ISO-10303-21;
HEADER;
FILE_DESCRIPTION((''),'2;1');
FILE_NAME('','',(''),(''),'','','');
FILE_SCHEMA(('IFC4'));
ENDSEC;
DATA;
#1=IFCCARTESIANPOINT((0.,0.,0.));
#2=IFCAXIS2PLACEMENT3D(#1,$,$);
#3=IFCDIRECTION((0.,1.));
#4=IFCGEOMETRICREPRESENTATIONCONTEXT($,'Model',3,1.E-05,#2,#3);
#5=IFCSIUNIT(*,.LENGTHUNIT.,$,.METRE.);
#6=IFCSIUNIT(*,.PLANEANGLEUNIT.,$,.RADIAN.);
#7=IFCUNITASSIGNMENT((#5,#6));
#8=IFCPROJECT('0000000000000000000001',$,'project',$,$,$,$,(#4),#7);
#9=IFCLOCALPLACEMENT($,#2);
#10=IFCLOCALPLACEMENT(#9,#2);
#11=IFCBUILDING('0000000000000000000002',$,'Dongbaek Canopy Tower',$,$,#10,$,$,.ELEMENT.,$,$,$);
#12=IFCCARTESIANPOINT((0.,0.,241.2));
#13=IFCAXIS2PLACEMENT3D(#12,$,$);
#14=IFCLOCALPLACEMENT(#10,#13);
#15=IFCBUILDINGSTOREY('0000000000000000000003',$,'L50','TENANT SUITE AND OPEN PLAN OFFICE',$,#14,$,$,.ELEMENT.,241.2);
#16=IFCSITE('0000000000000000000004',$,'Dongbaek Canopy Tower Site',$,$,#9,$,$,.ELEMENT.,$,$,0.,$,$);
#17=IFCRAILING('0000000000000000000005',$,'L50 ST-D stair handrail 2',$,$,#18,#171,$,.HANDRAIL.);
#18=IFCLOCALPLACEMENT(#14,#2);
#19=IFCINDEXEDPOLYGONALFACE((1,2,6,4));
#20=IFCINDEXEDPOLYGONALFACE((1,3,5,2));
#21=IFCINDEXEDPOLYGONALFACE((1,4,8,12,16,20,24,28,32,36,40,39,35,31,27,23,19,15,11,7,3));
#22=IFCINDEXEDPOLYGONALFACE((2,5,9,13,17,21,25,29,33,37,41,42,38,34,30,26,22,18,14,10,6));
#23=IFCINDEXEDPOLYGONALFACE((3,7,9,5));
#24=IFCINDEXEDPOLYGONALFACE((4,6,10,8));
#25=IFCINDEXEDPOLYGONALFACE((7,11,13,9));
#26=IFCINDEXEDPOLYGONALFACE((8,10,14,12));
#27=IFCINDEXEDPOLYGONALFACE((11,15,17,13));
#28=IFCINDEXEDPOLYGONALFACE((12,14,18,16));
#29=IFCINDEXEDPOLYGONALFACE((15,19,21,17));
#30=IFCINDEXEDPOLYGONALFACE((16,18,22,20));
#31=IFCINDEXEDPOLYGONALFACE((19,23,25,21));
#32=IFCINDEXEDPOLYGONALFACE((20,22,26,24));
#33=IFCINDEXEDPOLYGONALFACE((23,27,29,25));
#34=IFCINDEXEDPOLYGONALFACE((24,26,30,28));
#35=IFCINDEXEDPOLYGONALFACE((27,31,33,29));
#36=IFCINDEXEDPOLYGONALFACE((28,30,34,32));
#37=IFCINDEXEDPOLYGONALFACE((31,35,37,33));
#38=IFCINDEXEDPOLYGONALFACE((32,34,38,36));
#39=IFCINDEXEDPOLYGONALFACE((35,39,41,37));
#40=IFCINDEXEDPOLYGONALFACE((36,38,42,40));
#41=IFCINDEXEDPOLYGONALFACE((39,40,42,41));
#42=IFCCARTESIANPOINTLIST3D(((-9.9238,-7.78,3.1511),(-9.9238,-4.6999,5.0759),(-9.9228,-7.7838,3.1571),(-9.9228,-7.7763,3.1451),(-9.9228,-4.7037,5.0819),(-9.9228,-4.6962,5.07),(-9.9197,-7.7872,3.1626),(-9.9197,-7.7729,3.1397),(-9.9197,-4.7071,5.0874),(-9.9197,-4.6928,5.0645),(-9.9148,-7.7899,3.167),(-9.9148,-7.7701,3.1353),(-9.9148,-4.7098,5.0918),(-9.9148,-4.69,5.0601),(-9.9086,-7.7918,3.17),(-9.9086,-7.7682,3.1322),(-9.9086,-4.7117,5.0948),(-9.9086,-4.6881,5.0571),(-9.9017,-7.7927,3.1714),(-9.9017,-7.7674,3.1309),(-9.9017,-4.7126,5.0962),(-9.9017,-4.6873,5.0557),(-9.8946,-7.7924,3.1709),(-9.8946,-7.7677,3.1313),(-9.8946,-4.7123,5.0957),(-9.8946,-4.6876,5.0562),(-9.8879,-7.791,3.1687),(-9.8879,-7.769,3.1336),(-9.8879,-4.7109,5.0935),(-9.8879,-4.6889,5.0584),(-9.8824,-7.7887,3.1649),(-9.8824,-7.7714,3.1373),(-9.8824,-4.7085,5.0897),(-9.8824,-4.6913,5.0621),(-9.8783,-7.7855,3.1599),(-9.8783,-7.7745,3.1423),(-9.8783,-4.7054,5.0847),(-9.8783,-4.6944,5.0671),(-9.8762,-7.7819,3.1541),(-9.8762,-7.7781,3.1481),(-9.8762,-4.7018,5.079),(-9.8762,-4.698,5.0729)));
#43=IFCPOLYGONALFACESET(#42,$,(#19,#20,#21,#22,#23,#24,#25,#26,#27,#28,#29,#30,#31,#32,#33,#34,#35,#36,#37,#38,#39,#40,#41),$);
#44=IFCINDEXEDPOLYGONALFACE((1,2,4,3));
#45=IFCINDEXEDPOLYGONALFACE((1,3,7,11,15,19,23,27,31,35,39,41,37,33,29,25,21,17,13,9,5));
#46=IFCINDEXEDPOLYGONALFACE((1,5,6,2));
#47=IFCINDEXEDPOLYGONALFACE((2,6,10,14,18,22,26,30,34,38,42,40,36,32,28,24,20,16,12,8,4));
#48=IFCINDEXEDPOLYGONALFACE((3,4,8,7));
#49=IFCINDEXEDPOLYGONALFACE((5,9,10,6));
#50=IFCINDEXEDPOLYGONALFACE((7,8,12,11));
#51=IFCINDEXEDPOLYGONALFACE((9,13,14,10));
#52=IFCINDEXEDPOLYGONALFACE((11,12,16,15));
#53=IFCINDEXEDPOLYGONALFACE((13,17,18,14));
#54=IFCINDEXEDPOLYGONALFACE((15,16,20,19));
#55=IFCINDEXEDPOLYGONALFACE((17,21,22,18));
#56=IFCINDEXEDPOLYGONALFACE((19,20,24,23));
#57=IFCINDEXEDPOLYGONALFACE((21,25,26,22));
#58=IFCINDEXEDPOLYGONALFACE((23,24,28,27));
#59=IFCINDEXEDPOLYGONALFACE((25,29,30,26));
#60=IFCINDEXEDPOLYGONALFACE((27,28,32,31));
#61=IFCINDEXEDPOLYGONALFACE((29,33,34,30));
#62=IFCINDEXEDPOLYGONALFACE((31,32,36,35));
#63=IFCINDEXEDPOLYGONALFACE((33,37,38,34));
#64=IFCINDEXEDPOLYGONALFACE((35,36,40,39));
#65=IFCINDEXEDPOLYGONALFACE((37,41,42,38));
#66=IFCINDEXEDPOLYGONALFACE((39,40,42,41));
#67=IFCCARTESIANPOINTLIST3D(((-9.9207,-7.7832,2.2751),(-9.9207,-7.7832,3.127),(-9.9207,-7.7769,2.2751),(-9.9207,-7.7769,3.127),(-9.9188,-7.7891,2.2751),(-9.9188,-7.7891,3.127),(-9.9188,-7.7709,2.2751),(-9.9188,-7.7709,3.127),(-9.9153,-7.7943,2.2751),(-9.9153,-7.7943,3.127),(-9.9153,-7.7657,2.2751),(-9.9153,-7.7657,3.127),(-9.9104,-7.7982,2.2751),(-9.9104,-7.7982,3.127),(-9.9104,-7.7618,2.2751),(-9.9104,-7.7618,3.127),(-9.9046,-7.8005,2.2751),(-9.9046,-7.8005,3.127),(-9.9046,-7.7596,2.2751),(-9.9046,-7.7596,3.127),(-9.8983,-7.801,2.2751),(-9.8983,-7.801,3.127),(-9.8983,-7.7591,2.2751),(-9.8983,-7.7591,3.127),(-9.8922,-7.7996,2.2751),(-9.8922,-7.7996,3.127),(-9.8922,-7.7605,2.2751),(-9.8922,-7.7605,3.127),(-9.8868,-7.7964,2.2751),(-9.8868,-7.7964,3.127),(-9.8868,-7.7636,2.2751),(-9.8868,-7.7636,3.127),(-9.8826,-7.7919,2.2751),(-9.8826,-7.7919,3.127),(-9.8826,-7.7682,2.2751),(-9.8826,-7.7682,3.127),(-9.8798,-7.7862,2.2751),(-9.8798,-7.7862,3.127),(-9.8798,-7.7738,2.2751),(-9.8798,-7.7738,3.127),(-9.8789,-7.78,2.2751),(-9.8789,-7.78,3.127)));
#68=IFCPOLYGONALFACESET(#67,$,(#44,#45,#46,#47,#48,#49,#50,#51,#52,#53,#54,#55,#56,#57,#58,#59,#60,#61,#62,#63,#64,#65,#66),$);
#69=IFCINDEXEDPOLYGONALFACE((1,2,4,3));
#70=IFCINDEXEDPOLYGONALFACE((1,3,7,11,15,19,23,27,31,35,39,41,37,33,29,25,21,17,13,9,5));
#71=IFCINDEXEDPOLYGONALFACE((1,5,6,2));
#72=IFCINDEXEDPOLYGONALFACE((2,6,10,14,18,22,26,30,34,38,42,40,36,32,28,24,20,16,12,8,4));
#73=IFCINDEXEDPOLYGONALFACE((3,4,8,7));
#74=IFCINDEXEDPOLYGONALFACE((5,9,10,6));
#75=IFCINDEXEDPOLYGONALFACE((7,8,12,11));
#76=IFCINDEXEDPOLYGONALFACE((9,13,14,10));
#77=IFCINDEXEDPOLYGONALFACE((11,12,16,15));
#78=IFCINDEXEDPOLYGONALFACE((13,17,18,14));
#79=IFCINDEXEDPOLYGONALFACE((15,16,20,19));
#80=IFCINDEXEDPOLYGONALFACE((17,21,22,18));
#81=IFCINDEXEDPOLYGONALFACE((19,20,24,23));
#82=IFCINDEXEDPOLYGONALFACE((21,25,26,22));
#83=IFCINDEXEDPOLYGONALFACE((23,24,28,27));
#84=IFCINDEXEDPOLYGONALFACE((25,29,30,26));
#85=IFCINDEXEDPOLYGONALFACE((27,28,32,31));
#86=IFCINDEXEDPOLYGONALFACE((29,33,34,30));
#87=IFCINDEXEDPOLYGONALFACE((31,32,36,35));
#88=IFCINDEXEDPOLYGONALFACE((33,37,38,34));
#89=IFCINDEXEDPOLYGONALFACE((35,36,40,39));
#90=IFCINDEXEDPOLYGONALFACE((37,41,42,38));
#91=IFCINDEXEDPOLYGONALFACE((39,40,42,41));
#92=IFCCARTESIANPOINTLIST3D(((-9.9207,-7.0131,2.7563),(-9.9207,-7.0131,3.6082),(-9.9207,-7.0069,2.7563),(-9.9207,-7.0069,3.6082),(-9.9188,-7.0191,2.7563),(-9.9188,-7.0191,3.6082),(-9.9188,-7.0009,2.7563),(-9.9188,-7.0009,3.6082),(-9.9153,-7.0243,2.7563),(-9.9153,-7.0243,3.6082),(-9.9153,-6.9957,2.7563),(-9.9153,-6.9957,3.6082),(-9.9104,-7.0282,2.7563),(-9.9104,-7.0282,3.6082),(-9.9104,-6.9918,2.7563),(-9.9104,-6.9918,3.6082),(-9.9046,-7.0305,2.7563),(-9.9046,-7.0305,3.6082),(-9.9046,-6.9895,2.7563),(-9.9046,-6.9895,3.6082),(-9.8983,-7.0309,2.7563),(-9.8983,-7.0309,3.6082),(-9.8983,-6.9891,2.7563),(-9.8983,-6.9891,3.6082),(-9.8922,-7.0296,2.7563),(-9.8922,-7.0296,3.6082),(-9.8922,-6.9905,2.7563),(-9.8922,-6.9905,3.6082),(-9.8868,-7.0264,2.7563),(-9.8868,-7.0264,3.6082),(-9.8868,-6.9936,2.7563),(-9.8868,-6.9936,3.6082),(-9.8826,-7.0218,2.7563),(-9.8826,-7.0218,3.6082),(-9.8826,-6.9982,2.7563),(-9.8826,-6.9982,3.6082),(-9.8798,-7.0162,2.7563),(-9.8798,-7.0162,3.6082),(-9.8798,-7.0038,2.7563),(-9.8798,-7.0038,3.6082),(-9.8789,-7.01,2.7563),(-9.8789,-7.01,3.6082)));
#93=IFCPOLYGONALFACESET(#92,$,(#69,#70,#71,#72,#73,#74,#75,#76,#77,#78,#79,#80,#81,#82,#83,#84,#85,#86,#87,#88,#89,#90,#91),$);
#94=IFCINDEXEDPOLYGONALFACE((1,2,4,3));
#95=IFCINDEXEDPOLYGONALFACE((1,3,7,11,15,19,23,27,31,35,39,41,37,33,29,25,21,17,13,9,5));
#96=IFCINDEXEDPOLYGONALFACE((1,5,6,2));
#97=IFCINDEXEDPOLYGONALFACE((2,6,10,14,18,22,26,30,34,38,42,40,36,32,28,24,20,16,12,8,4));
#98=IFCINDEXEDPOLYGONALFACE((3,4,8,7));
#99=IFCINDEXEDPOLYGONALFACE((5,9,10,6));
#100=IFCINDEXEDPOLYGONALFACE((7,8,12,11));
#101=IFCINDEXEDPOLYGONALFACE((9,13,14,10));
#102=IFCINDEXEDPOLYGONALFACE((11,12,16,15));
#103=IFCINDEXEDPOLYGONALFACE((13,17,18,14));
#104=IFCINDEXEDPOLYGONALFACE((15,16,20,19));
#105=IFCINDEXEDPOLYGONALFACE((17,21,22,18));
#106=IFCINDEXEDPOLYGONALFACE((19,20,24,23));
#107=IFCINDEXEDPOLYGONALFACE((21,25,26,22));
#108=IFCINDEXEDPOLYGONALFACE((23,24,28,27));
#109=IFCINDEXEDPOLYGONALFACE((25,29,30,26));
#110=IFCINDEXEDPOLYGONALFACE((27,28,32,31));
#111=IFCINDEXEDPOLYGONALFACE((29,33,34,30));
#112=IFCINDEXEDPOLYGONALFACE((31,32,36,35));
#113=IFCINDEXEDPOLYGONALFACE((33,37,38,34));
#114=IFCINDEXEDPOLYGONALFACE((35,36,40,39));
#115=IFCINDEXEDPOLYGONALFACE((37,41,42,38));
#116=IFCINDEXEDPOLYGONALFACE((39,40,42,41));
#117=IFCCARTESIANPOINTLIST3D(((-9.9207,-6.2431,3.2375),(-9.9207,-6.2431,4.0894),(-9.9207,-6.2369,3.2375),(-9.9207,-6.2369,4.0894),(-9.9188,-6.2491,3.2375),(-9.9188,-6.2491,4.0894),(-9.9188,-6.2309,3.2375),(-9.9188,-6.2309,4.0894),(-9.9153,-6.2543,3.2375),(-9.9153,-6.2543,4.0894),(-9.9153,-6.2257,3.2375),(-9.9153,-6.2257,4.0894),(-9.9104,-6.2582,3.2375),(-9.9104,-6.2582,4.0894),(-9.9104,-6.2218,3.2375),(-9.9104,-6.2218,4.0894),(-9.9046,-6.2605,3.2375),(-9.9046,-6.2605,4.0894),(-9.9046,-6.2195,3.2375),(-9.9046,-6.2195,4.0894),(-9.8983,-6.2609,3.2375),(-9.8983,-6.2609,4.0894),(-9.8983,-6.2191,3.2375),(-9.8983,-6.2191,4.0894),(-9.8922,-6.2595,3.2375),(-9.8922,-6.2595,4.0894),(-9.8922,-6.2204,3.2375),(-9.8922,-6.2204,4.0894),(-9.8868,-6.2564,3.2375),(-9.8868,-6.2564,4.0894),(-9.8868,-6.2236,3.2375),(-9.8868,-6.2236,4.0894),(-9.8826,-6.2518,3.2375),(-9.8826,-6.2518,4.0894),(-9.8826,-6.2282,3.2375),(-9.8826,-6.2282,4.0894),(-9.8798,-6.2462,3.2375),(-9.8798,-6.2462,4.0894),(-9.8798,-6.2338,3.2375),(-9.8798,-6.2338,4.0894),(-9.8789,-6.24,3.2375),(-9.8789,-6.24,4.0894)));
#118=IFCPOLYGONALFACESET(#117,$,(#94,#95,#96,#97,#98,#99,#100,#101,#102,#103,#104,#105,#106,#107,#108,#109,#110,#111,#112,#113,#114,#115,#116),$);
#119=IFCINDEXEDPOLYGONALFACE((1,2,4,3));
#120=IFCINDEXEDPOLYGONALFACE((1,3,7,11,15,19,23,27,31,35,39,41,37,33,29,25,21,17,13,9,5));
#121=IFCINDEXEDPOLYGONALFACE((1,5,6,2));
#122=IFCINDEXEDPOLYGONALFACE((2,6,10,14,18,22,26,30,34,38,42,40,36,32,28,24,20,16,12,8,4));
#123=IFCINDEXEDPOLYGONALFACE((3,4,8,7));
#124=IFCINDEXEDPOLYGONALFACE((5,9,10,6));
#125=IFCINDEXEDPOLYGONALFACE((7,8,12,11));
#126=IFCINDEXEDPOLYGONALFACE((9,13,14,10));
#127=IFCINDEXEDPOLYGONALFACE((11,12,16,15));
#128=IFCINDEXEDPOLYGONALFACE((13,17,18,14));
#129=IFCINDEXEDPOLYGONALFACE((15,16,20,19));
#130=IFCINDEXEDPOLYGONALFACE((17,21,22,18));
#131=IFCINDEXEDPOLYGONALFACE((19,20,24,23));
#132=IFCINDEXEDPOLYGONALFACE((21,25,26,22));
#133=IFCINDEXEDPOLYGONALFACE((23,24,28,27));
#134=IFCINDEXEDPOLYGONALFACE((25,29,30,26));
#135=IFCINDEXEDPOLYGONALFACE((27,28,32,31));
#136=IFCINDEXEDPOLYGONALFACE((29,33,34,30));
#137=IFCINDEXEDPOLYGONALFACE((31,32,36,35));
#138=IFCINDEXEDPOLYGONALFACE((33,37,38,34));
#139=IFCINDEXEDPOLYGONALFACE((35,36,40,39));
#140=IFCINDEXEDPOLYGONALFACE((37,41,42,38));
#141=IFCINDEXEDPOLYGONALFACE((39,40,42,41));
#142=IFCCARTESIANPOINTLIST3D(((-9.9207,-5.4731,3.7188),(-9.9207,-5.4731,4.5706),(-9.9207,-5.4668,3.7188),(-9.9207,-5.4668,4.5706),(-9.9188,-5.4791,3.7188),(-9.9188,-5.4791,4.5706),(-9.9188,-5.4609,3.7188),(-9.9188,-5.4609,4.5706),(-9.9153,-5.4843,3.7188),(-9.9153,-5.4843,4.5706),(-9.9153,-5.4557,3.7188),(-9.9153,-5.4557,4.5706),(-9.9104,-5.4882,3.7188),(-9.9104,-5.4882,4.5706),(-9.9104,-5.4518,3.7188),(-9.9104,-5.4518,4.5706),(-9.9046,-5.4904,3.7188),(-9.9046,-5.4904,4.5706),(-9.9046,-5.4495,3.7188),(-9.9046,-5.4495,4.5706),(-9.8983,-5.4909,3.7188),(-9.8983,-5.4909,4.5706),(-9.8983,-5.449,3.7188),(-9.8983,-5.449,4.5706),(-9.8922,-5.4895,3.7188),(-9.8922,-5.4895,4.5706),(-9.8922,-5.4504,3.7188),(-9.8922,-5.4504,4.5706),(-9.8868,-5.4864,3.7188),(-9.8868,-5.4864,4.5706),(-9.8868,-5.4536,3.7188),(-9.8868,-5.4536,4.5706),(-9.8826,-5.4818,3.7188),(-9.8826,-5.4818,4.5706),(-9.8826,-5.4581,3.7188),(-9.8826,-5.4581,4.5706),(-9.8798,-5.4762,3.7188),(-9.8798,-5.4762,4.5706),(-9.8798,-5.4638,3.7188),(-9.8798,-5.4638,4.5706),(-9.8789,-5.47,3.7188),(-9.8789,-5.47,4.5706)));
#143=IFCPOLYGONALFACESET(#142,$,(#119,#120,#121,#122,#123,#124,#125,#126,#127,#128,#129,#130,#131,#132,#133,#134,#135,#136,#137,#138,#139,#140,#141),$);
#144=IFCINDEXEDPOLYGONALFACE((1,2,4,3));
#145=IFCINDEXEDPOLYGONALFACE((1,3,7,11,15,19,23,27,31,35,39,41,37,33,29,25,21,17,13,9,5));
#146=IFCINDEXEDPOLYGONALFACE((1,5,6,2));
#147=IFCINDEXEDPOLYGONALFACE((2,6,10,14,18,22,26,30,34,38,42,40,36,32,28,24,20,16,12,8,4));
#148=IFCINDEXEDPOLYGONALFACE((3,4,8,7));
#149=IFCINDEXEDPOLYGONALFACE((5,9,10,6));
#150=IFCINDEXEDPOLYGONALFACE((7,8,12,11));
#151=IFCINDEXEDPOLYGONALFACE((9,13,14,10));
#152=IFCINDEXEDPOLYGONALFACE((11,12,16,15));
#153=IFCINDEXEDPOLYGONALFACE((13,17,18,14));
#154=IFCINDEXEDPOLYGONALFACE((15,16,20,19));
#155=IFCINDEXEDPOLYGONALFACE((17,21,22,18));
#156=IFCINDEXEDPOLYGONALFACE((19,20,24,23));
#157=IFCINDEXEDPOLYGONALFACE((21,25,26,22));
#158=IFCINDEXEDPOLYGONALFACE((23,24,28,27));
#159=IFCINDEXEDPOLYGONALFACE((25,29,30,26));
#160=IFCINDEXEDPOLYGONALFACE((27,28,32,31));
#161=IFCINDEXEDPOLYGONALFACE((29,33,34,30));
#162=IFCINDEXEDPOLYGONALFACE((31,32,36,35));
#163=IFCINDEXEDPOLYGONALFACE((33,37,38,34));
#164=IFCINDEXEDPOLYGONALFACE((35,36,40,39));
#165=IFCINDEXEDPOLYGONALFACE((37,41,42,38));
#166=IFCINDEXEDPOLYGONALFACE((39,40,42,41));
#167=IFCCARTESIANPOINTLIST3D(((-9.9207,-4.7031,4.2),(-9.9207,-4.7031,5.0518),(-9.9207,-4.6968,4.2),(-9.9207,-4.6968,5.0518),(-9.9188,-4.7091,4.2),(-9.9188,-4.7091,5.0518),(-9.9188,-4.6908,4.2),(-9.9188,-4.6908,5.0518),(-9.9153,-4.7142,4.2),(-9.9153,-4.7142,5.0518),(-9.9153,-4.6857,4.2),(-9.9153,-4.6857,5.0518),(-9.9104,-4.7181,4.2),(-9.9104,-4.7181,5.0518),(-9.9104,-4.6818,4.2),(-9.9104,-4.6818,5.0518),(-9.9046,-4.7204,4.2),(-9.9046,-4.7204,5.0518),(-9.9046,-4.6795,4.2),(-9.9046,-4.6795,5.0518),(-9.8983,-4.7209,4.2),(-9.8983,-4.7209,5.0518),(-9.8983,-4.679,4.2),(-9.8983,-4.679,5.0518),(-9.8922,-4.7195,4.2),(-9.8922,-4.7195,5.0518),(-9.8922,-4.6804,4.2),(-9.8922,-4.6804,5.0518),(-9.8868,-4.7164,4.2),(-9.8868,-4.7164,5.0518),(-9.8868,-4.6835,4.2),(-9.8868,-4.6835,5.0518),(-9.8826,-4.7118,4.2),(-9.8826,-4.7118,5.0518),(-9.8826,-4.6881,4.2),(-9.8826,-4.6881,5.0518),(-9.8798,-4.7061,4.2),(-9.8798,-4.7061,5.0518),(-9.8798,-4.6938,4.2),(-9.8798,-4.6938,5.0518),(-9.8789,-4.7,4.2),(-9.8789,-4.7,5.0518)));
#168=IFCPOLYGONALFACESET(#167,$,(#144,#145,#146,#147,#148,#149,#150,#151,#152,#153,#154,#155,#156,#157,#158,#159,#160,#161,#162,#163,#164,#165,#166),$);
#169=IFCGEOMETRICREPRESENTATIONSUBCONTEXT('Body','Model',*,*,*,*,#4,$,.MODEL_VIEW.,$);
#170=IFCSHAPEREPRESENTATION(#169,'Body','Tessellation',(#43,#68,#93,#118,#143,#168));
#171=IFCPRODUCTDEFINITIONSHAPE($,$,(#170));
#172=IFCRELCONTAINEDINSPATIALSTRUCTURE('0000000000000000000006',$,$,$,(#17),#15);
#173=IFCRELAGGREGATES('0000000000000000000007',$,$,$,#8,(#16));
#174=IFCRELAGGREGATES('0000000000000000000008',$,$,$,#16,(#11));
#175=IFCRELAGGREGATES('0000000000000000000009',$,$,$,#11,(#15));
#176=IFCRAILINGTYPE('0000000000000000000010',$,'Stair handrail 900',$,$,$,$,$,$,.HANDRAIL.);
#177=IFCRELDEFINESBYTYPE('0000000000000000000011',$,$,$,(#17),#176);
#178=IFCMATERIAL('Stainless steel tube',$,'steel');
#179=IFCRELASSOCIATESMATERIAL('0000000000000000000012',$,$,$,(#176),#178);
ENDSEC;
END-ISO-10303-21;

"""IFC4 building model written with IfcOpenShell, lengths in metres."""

from ifc_helpers import new_model, si_unit, direction, frame, origin, origin_2d, place, context, subcontext, project, spatial, circle, extrude, material, type_object, element, save


model = new_model("IFC4")

# Units and contexts
model_context = context("Model", 3, precision=1e-05, world=origin(), true_north=direction((0.0, 1.0)))
body_context = subcontext(model_context, "Body", "Model", "MODEL_VIEW")
ifc_project = project(units=[si_unit("LENGTHUNIT", "METRE"), si_unit("PLANEANGLEUNIT", "RADIAN")], contexts=[model_context])

# Site, building, storey
site_placement = place(None, origin())
site = spatial("IfcSite", under=ifc_project, at=site_placement, Name="Dongbaek Canopy Tower Site", CompositionType="ELEMENT", RefElevation=0.0)
building_placement = place(site_placement, origin())
building = spatial("IfcBuilding", under=site, at=building_placement, Name="Dongbaek Canopy Tower", CompositionType="ELEMENT")
storey_placement = place(building_placement, frame((0.0, 0.0, 241.2)))
storey = spatial("IfcBuildingStorey", under=building, at=storey_placement, Name="L50", Description="TENANT SUITE AND OPEN PLAN OFFICE", CompositionType="ELEMENT", Elevation=241.2)

# Railing
ifc_material_1 = material(Name="Stainless steel tube", Category="steel")
railing_type_1 = type_object("IfcRailingType", Name="Stair handrail 900", PredefinedType="HANDRAIL", material=ifc_material_1)
railing_1_placement = place(storey_placement, frame((-9.8999, -7.78, 2.2751)))
element("IfcRailing", 1, at=railing_1_placement, inside=storey, type_object=railing_type_1, Name="L50 ST-D stair handrail 2", PredefinedType="HANDRAIL", context=body_context, shape_type="SweptSolid", body=[
    extrude(circle(Radius=0.0239, at=origin_2d()), frame((0.0, 0.0, 0.876), z_axis=(0.0, 0.848029, 0.529951), x_axis=(-1.0, 0.0, 0.0)), (0.0, 0.0, 1.0), 3.6321),
    extrude(circle(Radius=0.021, at=origin_2d()), origin(), (0.0, 0.0, 1.0), 0.8518),
    extrude(circle(Radius=0.021, at=origin_2d()), frame((0.0, 0.77, 0.4812)), (0.0, 0.0, 1.0), 0.8518),
    extrude(circle(Radius=0.021, at=origin_2d()), frame((0.0, 1.54, 0.9624)), (0.0, 0.0, 1.0), 0.8518),
    extrude(circle(Radius=0.021, at=origin_2d()), frame((0.0, 2.3101, 1.4436)), (0.0, 0.0, 1.0), 0.8518),
    extrude(circle(Radius=0.021, at=origin_2d()), frame((0.0, 3.0801, 1.9248)), (0.0, 0.0, 1.0), 0.8518),
])

save(model, "model.ifc")
